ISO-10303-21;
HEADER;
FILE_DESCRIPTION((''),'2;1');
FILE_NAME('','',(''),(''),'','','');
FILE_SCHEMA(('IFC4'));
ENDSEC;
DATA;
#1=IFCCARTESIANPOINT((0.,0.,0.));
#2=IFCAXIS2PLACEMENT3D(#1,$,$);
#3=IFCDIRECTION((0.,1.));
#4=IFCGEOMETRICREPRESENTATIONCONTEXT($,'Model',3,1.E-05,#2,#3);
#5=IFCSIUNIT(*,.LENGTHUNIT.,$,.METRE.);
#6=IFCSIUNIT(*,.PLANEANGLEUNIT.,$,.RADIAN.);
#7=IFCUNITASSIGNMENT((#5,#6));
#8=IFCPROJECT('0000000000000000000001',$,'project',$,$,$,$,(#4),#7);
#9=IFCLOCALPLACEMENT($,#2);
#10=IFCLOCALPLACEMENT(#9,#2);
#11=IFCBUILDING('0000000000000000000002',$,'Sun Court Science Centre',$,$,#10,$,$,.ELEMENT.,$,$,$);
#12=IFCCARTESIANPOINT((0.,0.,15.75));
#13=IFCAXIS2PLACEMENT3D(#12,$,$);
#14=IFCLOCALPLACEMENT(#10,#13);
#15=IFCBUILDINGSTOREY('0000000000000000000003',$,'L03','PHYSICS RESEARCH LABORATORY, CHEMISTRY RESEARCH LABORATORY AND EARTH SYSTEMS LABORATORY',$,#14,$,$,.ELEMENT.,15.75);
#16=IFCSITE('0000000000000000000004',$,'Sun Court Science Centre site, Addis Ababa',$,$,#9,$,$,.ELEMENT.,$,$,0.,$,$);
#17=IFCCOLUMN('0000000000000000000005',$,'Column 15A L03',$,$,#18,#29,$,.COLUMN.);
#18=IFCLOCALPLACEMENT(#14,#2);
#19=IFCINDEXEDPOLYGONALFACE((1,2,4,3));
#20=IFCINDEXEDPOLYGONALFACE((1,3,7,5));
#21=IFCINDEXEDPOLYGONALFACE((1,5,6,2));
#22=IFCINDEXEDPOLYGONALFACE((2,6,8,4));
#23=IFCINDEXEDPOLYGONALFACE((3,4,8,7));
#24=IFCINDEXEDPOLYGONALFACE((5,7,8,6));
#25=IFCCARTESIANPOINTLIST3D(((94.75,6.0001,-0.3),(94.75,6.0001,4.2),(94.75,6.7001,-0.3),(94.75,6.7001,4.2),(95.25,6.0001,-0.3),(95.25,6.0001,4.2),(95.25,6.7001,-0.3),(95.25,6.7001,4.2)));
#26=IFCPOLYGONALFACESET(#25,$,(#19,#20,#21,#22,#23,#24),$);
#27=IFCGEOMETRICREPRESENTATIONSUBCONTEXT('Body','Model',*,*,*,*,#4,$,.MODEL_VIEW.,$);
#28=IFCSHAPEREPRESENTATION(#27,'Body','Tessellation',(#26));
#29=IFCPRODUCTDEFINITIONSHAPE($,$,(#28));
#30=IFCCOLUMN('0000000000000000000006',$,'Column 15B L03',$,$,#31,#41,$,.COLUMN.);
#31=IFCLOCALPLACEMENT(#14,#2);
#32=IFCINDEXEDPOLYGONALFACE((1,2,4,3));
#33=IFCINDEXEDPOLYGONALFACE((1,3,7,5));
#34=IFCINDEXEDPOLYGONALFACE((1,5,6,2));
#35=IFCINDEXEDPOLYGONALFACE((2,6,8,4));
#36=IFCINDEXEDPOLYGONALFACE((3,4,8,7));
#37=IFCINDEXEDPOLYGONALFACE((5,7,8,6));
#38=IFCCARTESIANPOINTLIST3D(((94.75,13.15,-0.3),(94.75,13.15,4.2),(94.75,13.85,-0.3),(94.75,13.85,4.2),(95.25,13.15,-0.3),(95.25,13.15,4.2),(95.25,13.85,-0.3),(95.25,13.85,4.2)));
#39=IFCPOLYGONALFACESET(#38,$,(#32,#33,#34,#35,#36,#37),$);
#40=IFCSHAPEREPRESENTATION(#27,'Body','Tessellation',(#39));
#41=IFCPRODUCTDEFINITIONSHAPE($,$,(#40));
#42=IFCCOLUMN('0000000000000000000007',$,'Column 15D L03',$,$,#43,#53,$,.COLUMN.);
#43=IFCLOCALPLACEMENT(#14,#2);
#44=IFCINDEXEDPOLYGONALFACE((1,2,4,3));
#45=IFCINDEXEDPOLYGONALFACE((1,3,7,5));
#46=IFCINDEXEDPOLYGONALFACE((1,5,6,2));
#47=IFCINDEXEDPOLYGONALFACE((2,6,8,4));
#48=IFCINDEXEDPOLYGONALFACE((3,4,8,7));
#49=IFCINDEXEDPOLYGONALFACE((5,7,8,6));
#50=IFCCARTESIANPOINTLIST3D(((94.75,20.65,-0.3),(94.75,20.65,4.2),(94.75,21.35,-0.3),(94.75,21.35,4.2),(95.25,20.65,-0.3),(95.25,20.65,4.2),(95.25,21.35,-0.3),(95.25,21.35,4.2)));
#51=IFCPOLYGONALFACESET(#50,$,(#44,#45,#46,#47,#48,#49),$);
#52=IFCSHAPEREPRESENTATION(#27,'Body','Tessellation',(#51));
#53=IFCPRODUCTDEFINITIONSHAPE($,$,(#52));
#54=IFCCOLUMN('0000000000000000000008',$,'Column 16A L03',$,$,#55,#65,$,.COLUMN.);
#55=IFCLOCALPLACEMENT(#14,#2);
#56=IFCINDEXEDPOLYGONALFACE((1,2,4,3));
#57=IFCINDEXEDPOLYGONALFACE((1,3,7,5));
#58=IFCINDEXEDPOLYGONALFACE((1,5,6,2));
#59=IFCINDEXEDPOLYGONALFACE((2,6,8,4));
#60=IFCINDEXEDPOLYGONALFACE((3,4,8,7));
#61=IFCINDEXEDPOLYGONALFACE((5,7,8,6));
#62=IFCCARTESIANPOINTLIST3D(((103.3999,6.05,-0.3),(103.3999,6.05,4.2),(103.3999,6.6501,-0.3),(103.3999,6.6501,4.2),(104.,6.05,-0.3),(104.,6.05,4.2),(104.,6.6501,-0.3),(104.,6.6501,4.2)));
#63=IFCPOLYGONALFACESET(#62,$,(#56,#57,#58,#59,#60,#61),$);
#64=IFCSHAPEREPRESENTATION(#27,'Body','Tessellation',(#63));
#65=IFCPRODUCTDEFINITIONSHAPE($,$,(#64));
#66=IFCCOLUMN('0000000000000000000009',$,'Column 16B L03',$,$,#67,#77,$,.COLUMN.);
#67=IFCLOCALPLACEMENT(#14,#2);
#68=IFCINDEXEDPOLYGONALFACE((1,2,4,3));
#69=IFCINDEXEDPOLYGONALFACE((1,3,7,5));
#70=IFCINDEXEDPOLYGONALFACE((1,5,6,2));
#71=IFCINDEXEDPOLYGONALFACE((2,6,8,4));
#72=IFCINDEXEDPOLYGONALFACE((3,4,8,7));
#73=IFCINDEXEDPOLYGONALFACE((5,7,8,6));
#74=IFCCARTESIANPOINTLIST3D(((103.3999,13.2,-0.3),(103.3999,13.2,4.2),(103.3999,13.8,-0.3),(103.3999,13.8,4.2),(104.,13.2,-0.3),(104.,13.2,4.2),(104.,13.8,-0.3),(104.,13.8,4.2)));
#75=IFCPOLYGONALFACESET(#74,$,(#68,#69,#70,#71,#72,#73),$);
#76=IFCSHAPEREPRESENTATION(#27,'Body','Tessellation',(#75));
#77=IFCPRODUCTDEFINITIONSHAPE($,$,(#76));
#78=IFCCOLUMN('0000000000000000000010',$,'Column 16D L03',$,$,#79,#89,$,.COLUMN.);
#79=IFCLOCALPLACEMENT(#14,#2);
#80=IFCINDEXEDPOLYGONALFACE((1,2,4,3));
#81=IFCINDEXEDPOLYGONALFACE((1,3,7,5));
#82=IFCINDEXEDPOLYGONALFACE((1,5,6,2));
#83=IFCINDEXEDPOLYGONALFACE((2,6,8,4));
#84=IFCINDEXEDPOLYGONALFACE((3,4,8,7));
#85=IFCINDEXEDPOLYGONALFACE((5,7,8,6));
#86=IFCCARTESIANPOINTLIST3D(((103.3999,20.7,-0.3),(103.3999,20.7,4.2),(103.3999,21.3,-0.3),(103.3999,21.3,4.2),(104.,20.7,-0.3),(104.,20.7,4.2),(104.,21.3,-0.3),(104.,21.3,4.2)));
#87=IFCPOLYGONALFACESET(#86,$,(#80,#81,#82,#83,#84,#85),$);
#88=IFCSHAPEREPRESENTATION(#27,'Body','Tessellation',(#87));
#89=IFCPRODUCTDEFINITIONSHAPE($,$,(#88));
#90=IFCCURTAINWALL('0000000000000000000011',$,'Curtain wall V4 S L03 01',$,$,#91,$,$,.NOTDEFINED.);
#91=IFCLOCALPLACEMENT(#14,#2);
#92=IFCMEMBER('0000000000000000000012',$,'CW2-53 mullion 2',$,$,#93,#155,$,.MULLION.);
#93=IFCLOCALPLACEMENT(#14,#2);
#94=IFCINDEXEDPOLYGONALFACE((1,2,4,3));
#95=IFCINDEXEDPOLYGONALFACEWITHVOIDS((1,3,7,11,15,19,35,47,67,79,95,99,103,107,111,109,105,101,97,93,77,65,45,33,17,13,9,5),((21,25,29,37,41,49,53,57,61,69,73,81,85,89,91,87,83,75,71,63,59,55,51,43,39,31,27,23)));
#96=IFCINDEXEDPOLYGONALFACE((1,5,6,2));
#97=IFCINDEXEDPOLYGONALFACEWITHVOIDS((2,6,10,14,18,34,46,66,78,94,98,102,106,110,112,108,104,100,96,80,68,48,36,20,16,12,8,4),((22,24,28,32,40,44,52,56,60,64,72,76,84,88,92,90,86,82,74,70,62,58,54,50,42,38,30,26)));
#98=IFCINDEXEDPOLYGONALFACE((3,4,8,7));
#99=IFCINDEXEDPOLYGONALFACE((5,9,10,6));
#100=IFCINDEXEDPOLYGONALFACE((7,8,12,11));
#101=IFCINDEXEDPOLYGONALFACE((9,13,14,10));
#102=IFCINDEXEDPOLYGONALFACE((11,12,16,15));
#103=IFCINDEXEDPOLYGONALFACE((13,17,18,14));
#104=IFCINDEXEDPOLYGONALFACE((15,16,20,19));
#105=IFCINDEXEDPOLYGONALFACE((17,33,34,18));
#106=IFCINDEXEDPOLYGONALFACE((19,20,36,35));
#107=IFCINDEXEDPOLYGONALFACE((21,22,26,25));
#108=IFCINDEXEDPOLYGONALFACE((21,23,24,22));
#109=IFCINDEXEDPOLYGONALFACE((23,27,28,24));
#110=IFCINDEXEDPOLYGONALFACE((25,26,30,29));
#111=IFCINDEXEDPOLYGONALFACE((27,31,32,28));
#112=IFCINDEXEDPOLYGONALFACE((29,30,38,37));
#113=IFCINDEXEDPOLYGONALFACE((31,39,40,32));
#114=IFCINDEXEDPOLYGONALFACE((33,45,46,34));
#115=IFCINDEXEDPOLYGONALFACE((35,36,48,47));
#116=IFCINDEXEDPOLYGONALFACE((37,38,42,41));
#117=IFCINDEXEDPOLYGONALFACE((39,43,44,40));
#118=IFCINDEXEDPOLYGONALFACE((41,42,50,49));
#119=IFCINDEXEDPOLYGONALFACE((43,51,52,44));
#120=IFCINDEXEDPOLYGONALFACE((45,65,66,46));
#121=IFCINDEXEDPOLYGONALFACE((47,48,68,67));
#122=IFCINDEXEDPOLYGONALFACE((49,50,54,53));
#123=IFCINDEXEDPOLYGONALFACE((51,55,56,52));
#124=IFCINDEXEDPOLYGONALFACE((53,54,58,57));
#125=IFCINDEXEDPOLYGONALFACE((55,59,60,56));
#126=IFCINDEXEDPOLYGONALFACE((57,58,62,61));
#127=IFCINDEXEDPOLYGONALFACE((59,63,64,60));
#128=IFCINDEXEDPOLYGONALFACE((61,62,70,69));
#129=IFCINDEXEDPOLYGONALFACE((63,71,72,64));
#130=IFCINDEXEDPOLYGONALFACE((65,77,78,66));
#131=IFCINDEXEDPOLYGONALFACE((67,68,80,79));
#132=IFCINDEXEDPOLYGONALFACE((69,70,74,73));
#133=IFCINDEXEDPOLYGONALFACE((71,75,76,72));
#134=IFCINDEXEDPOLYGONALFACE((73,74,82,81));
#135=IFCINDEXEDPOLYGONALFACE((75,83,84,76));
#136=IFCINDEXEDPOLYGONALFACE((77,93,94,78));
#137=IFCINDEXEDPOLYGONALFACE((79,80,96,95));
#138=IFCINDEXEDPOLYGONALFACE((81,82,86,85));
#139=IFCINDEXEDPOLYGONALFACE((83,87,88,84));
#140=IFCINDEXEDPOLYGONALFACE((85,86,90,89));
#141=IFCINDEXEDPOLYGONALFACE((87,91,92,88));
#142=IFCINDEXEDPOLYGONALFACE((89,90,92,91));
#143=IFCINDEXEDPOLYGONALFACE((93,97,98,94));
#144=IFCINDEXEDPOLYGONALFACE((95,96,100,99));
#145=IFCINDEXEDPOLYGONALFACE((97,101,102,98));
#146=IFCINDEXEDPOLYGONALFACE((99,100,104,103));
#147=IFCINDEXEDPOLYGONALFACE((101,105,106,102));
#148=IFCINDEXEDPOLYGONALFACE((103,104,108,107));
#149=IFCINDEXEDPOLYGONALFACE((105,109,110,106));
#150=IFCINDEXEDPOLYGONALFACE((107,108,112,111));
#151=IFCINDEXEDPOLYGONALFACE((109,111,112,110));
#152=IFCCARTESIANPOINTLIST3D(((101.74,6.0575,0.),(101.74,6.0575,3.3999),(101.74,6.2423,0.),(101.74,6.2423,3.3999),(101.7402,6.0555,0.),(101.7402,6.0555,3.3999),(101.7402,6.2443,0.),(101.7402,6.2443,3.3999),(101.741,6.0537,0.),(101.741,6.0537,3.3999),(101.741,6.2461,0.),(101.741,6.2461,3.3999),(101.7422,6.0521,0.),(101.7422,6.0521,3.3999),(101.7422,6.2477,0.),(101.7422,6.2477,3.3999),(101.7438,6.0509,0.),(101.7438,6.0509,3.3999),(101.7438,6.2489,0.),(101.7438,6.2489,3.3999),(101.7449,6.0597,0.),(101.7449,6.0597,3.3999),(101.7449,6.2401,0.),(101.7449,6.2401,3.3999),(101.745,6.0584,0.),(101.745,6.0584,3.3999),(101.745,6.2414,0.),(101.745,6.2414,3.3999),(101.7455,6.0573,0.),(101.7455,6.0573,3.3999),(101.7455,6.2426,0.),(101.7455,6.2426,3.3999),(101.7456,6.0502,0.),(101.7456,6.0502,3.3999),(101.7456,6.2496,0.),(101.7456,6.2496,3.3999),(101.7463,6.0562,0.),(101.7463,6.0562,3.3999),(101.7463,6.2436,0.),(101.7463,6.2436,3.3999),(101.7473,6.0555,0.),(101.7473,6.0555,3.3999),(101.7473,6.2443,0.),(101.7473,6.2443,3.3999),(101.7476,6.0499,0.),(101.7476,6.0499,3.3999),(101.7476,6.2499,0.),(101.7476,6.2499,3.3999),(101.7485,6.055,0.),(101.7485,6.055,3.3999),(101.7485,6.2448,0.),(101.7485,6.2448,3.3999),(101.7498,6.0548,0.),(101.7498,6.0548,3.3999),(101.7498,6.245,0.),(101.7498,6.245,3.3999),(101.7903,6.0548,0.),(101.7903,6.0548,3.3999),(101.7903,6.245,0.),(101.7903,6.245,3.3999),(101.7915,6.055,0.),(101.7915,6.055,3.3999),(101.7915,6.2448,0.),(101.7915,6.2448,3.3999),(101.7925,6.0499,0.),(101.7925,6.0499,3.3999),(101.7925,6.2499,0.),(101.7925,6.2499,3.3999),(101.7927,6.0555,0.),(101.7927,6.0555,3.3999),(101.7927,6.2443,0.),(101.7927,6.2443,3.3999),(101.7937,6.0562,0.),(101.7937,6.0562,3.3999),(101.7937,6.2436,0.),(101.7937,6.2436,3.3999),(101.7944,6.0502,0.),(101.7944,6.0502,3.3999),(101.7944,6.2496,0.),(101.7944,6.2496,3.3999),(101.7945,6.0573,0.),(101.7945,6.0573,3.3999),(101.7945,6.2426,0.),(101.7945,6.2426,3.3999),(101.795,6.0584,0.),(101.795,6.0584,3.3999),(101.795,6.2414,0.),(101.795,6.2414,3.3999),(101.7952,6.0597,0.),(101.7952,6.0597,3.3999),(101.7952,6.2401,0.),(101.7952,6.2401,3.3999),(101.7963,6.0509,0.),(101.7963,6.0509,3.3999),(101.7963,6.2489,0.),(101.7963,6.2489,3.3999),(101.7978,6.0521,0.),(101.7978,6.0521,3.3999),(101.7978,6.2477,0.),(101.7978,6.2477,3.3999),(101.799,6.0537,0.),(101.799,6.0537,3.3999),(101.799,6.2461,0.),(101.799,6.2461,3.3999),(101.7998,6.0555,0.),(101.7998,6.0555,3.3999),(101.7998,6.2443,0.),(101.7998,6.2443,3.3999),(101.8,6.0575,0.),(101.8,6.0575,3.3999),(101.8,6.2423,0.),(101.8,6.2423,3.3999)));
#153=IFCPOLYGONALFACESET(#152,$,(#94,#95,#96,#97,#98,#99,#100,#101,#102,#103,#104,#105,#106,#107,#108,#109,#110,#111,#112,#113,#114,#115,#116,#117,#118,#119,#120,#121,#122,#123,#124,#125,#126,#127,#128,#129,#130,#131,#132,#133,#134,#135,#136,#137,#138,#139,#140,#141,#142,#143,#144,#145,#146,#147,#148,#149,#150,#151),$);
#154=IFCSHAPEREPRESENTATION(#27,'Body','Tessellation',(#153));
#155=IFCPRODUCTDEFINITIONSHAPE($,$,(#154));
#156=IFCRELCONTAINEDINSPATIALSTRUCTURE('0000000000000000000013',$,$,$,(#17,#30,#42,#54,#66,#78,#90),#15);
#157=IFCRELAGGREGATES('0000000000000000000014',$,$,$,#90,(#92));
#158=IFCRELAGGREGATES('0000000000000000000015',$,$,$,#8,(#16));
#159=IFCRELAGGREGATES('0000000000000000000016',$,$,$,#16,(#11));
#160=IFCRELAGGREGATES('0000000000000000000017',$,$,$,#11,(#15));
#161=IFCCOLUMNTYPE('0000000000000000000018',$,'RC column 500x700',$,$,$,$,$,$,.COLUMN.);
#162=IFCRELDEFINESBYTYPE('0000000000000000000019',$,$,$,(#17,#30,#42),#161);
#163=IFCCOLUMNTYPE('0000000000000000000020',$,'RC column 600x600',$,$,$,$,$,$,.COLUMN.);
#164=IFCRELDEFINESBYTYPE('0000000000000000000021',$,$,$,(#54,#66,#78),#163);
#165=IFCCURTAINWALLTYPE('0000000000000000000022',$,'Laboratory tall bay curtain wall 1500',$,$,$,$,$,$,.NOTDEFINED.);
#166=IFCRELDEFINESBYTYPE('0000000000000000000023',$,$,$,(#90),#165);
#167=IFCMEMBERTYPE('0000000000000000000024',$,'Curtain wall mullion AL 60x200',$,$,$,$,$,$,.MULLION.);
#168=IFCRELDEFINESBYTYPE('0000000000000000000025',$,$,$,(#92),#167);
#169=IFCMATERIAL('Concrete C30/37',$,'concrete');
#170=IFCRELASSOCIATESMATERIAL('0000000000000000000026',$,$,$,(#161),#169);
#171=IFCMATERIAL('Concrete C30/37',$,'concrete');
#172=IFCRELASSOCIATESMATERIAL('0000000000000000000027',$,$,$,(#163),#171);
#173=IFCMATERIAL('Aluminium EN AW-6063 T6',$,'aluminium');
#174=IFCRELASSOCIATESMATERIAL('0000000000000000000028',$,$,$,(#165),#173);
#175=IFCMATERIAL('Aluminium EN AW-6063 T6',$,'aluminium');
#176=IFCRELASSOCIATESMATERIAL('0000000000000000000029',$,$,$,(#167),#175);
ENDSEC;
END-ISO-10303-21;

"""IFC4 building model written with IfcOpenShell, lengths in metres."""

from ifc_helpers import new_model, si_unit, direction, frame, origin, origin_2d, place, context, subcontext, project, spatial, rectangle, hollow_rectangle, extrude, material, material_profile, profile_set, type_object, element, aggregate, save


model = new_model("IFC4")

# Units and contexts
model_context = context("Model", 3, precision=1e-05, world=origin(), true_north=direction((0.0, 1.0)))
body_context = subcontext(model_context, "Body", "Model", "MODEL_VIEW")
ifc_project = project(units=[si_unit("LENGTHUNIT", "METRE"), si_unit("PLANEANGLEUNIT", "RADIAN")], contexts=[model_context])

# Site, building, storey
site_placement = place(None, origin())
site = spatial("IfcSite", under=ifc_project, at=site_placement, Name="Sun Court Science Centre site, Addis Ababa", CompositionType="ELEMENT", RefElevation=0.0)
building_placement = place(site_placement, origin())
building = spatial("IfcBuilding", under=site, at=building_placement, Name="Sun Court Science Centre", CompositionType="ELEMENT")
storey_placement = place(building_placement, frame((0.0, 0.0, 15.75)))
storey = spatial("IfcBuildingStorey", under=building, at=storey_placement, Name="L03", Description="PHYSICS RESEARCH LABORATORY, CHEMISTRY RESEARCH LABORATORY AND EARTH SYSTEMS LABORATORY", CompositionType="ELEMENT", Elevation=15.75)

# Columns
ifc_material_1 = material(Name="Concrete C30/37", Category="concrete")
ifc_material_profile_1 = material_profile(ifc_material_1, rectangle(XDim=0.5, YDim=0.7, at=origin_2d()), Name="RC 500x700")
ifc_profile_set_1 = profile_set([ifc_material_profile_1], Name="Concrete C30/37")
column_type_1 = type_object("IfcColumnType", Name="RC column 500x700", PredefinedType="COLUMN", material=ifc_profile_set_1)
for number, where, z_axis, x_axis, name in (
    (1, (95.0, 6.3501, -0.3), (0.0, 0.0, 1.0), (1.0, 0.0, 0.0), "Column 15A L03"),
    (2, (95.0, 13.5, -0.3), (0.0, 0.0, 1.0), (1.0, 0.0, 0.0), "Column 15B L03"),
    (3, (95.0, 21.0, -0.3), (0.0, 0.0, 1.0), (1.0, 0.0, 0.0), "Column 15D L03"),
):
    element("IfcColumn", number, at=place(storey_placement, frame(where, z_axis=z_axis, x_axis=x_axis)), inside=storey, type_object=column_type_1, Name=name, PredefinedType="COLUMN", context=body_context, shape_type="SweptSolid", body=[
        extrude(rectangle(XDim=0.5, YDim=0.7, at=origin_2d()), origin(), (0.0, 0.0, 1.0), 4.5),
    ])
ifc_material_2 = material(Name="Concrete C30/37", Category="concrete")
ifc_material_profile_2 = material_profile(ifc_material_2, rectangle(XDim=0.6001, YDim=0.6001, at=origin_2d()), Name="RC 600x600")
ifc_profile_set_2 = profile_set([ifc_material_profile_2], Name="Concrete C30/37")
column_type_2 = type_object("IfcColumnType", Name="RC column 600x600", PredefinedType="COLUMN", material=ifc_profile_set_2)
for number, where, z_axis, x_axis, name in (
    (4, (103.7, 6.3501, -0.3), (0.0, 0.0, 1.0), (1.0, 0.0, 0.0), "Column 16A L03"),
    (5, (103.7, 13.5, -0.3), (0.0, 0.0, 1.0), (1.0, 0.0, 0.0), "Column 16B L03"),
    (6, (103.7, 21.0, -0.3), (0.0, 0.0, 1.0), (1.0, 0.0, 0.0), "Column 16D L03"),
):
    element("IfcColumn", number, at=place(storey_placement, frame(where, z_axis=z_axis, x_axis=x_axis)), inside=storey, type_object=column_type_2, Name=name, PredefinedType="COLUMN", context=body_context, shape_type="SweptSolid", body=[
        extrude(rectangle(XDim=0.6001, YDim=0.6001, at=origin_2d()), origin(), (0.0, 0.0, 1.0), 4.5),
    ])

# Curtain wall, member
ifc_material_3 = material(Name="Aluminium EN AW-6063 T6", Category="aluminium")
curtain_wall_type = type_object("IfcCurtainWallType", Name="Laboratory tall bay curtain wall 1500", PredefinedType="NOTDEFINED", material=ifc_material_3)
curtain_wall_placement = place(storey_placement, origin())
curtain_wall = element("IfcCurtainWall", 7, at=curtain_wall_placement, inside=storey, type_object=curtain_wall_type, Name="Curtain wall V4 S L03 01", PredefinedType="NOTDEFINED")
ifc_material_4 = material(Name="Aluminium EN AW-6063 T6", Category="aluminium")
ifc_material_profile_3 = material_profile(ifc_material_4, hollow_rectangle(XDim=0.0601, YDim=0.2, WallThickness=0.0049, InnerFilletRadius=0.0049, OuterFilletRadius=0.0076, at=origin_2d()), Name="AL 60x200x5")
ifc_profile_set_3 = profile_set([ifc_material_profile_3], Name="Aluminium EN AW-6063 T6")
member_type_1 = type_object("IfcMemberType", Name="Curtain wall mullion AL 60x200", PredefinedType="MULLION", material=ifc_profile_set_3)
member_1_placement = place(storey_placement, frame((101.77, 6.1499, 0.0), z_axis=(0.0, 0.0, 1.0), x_axis=(-1.0, 0.0, 0.0)))
member_1 = element("IfcMember", 8, at=member_1_placement, type_object=member_type_1, Name="CW2-53 mullion 2", PredefinedType="MULLION", context=body_context, shape_type="SweptSolid", body=[
    extrude(hollow_rectangle(XDim=0.0601, YDim=0.2, WallThickness=0.0049, InnerFilletRadius=0.0049, OuterFilletRadius=0.0076, at=origin_2d()), origin(), (0.0, 0.0, 1.0), 3.3999),
])

aggregate(curtain_wall, [member_1])

save(model, "model.ifc")
